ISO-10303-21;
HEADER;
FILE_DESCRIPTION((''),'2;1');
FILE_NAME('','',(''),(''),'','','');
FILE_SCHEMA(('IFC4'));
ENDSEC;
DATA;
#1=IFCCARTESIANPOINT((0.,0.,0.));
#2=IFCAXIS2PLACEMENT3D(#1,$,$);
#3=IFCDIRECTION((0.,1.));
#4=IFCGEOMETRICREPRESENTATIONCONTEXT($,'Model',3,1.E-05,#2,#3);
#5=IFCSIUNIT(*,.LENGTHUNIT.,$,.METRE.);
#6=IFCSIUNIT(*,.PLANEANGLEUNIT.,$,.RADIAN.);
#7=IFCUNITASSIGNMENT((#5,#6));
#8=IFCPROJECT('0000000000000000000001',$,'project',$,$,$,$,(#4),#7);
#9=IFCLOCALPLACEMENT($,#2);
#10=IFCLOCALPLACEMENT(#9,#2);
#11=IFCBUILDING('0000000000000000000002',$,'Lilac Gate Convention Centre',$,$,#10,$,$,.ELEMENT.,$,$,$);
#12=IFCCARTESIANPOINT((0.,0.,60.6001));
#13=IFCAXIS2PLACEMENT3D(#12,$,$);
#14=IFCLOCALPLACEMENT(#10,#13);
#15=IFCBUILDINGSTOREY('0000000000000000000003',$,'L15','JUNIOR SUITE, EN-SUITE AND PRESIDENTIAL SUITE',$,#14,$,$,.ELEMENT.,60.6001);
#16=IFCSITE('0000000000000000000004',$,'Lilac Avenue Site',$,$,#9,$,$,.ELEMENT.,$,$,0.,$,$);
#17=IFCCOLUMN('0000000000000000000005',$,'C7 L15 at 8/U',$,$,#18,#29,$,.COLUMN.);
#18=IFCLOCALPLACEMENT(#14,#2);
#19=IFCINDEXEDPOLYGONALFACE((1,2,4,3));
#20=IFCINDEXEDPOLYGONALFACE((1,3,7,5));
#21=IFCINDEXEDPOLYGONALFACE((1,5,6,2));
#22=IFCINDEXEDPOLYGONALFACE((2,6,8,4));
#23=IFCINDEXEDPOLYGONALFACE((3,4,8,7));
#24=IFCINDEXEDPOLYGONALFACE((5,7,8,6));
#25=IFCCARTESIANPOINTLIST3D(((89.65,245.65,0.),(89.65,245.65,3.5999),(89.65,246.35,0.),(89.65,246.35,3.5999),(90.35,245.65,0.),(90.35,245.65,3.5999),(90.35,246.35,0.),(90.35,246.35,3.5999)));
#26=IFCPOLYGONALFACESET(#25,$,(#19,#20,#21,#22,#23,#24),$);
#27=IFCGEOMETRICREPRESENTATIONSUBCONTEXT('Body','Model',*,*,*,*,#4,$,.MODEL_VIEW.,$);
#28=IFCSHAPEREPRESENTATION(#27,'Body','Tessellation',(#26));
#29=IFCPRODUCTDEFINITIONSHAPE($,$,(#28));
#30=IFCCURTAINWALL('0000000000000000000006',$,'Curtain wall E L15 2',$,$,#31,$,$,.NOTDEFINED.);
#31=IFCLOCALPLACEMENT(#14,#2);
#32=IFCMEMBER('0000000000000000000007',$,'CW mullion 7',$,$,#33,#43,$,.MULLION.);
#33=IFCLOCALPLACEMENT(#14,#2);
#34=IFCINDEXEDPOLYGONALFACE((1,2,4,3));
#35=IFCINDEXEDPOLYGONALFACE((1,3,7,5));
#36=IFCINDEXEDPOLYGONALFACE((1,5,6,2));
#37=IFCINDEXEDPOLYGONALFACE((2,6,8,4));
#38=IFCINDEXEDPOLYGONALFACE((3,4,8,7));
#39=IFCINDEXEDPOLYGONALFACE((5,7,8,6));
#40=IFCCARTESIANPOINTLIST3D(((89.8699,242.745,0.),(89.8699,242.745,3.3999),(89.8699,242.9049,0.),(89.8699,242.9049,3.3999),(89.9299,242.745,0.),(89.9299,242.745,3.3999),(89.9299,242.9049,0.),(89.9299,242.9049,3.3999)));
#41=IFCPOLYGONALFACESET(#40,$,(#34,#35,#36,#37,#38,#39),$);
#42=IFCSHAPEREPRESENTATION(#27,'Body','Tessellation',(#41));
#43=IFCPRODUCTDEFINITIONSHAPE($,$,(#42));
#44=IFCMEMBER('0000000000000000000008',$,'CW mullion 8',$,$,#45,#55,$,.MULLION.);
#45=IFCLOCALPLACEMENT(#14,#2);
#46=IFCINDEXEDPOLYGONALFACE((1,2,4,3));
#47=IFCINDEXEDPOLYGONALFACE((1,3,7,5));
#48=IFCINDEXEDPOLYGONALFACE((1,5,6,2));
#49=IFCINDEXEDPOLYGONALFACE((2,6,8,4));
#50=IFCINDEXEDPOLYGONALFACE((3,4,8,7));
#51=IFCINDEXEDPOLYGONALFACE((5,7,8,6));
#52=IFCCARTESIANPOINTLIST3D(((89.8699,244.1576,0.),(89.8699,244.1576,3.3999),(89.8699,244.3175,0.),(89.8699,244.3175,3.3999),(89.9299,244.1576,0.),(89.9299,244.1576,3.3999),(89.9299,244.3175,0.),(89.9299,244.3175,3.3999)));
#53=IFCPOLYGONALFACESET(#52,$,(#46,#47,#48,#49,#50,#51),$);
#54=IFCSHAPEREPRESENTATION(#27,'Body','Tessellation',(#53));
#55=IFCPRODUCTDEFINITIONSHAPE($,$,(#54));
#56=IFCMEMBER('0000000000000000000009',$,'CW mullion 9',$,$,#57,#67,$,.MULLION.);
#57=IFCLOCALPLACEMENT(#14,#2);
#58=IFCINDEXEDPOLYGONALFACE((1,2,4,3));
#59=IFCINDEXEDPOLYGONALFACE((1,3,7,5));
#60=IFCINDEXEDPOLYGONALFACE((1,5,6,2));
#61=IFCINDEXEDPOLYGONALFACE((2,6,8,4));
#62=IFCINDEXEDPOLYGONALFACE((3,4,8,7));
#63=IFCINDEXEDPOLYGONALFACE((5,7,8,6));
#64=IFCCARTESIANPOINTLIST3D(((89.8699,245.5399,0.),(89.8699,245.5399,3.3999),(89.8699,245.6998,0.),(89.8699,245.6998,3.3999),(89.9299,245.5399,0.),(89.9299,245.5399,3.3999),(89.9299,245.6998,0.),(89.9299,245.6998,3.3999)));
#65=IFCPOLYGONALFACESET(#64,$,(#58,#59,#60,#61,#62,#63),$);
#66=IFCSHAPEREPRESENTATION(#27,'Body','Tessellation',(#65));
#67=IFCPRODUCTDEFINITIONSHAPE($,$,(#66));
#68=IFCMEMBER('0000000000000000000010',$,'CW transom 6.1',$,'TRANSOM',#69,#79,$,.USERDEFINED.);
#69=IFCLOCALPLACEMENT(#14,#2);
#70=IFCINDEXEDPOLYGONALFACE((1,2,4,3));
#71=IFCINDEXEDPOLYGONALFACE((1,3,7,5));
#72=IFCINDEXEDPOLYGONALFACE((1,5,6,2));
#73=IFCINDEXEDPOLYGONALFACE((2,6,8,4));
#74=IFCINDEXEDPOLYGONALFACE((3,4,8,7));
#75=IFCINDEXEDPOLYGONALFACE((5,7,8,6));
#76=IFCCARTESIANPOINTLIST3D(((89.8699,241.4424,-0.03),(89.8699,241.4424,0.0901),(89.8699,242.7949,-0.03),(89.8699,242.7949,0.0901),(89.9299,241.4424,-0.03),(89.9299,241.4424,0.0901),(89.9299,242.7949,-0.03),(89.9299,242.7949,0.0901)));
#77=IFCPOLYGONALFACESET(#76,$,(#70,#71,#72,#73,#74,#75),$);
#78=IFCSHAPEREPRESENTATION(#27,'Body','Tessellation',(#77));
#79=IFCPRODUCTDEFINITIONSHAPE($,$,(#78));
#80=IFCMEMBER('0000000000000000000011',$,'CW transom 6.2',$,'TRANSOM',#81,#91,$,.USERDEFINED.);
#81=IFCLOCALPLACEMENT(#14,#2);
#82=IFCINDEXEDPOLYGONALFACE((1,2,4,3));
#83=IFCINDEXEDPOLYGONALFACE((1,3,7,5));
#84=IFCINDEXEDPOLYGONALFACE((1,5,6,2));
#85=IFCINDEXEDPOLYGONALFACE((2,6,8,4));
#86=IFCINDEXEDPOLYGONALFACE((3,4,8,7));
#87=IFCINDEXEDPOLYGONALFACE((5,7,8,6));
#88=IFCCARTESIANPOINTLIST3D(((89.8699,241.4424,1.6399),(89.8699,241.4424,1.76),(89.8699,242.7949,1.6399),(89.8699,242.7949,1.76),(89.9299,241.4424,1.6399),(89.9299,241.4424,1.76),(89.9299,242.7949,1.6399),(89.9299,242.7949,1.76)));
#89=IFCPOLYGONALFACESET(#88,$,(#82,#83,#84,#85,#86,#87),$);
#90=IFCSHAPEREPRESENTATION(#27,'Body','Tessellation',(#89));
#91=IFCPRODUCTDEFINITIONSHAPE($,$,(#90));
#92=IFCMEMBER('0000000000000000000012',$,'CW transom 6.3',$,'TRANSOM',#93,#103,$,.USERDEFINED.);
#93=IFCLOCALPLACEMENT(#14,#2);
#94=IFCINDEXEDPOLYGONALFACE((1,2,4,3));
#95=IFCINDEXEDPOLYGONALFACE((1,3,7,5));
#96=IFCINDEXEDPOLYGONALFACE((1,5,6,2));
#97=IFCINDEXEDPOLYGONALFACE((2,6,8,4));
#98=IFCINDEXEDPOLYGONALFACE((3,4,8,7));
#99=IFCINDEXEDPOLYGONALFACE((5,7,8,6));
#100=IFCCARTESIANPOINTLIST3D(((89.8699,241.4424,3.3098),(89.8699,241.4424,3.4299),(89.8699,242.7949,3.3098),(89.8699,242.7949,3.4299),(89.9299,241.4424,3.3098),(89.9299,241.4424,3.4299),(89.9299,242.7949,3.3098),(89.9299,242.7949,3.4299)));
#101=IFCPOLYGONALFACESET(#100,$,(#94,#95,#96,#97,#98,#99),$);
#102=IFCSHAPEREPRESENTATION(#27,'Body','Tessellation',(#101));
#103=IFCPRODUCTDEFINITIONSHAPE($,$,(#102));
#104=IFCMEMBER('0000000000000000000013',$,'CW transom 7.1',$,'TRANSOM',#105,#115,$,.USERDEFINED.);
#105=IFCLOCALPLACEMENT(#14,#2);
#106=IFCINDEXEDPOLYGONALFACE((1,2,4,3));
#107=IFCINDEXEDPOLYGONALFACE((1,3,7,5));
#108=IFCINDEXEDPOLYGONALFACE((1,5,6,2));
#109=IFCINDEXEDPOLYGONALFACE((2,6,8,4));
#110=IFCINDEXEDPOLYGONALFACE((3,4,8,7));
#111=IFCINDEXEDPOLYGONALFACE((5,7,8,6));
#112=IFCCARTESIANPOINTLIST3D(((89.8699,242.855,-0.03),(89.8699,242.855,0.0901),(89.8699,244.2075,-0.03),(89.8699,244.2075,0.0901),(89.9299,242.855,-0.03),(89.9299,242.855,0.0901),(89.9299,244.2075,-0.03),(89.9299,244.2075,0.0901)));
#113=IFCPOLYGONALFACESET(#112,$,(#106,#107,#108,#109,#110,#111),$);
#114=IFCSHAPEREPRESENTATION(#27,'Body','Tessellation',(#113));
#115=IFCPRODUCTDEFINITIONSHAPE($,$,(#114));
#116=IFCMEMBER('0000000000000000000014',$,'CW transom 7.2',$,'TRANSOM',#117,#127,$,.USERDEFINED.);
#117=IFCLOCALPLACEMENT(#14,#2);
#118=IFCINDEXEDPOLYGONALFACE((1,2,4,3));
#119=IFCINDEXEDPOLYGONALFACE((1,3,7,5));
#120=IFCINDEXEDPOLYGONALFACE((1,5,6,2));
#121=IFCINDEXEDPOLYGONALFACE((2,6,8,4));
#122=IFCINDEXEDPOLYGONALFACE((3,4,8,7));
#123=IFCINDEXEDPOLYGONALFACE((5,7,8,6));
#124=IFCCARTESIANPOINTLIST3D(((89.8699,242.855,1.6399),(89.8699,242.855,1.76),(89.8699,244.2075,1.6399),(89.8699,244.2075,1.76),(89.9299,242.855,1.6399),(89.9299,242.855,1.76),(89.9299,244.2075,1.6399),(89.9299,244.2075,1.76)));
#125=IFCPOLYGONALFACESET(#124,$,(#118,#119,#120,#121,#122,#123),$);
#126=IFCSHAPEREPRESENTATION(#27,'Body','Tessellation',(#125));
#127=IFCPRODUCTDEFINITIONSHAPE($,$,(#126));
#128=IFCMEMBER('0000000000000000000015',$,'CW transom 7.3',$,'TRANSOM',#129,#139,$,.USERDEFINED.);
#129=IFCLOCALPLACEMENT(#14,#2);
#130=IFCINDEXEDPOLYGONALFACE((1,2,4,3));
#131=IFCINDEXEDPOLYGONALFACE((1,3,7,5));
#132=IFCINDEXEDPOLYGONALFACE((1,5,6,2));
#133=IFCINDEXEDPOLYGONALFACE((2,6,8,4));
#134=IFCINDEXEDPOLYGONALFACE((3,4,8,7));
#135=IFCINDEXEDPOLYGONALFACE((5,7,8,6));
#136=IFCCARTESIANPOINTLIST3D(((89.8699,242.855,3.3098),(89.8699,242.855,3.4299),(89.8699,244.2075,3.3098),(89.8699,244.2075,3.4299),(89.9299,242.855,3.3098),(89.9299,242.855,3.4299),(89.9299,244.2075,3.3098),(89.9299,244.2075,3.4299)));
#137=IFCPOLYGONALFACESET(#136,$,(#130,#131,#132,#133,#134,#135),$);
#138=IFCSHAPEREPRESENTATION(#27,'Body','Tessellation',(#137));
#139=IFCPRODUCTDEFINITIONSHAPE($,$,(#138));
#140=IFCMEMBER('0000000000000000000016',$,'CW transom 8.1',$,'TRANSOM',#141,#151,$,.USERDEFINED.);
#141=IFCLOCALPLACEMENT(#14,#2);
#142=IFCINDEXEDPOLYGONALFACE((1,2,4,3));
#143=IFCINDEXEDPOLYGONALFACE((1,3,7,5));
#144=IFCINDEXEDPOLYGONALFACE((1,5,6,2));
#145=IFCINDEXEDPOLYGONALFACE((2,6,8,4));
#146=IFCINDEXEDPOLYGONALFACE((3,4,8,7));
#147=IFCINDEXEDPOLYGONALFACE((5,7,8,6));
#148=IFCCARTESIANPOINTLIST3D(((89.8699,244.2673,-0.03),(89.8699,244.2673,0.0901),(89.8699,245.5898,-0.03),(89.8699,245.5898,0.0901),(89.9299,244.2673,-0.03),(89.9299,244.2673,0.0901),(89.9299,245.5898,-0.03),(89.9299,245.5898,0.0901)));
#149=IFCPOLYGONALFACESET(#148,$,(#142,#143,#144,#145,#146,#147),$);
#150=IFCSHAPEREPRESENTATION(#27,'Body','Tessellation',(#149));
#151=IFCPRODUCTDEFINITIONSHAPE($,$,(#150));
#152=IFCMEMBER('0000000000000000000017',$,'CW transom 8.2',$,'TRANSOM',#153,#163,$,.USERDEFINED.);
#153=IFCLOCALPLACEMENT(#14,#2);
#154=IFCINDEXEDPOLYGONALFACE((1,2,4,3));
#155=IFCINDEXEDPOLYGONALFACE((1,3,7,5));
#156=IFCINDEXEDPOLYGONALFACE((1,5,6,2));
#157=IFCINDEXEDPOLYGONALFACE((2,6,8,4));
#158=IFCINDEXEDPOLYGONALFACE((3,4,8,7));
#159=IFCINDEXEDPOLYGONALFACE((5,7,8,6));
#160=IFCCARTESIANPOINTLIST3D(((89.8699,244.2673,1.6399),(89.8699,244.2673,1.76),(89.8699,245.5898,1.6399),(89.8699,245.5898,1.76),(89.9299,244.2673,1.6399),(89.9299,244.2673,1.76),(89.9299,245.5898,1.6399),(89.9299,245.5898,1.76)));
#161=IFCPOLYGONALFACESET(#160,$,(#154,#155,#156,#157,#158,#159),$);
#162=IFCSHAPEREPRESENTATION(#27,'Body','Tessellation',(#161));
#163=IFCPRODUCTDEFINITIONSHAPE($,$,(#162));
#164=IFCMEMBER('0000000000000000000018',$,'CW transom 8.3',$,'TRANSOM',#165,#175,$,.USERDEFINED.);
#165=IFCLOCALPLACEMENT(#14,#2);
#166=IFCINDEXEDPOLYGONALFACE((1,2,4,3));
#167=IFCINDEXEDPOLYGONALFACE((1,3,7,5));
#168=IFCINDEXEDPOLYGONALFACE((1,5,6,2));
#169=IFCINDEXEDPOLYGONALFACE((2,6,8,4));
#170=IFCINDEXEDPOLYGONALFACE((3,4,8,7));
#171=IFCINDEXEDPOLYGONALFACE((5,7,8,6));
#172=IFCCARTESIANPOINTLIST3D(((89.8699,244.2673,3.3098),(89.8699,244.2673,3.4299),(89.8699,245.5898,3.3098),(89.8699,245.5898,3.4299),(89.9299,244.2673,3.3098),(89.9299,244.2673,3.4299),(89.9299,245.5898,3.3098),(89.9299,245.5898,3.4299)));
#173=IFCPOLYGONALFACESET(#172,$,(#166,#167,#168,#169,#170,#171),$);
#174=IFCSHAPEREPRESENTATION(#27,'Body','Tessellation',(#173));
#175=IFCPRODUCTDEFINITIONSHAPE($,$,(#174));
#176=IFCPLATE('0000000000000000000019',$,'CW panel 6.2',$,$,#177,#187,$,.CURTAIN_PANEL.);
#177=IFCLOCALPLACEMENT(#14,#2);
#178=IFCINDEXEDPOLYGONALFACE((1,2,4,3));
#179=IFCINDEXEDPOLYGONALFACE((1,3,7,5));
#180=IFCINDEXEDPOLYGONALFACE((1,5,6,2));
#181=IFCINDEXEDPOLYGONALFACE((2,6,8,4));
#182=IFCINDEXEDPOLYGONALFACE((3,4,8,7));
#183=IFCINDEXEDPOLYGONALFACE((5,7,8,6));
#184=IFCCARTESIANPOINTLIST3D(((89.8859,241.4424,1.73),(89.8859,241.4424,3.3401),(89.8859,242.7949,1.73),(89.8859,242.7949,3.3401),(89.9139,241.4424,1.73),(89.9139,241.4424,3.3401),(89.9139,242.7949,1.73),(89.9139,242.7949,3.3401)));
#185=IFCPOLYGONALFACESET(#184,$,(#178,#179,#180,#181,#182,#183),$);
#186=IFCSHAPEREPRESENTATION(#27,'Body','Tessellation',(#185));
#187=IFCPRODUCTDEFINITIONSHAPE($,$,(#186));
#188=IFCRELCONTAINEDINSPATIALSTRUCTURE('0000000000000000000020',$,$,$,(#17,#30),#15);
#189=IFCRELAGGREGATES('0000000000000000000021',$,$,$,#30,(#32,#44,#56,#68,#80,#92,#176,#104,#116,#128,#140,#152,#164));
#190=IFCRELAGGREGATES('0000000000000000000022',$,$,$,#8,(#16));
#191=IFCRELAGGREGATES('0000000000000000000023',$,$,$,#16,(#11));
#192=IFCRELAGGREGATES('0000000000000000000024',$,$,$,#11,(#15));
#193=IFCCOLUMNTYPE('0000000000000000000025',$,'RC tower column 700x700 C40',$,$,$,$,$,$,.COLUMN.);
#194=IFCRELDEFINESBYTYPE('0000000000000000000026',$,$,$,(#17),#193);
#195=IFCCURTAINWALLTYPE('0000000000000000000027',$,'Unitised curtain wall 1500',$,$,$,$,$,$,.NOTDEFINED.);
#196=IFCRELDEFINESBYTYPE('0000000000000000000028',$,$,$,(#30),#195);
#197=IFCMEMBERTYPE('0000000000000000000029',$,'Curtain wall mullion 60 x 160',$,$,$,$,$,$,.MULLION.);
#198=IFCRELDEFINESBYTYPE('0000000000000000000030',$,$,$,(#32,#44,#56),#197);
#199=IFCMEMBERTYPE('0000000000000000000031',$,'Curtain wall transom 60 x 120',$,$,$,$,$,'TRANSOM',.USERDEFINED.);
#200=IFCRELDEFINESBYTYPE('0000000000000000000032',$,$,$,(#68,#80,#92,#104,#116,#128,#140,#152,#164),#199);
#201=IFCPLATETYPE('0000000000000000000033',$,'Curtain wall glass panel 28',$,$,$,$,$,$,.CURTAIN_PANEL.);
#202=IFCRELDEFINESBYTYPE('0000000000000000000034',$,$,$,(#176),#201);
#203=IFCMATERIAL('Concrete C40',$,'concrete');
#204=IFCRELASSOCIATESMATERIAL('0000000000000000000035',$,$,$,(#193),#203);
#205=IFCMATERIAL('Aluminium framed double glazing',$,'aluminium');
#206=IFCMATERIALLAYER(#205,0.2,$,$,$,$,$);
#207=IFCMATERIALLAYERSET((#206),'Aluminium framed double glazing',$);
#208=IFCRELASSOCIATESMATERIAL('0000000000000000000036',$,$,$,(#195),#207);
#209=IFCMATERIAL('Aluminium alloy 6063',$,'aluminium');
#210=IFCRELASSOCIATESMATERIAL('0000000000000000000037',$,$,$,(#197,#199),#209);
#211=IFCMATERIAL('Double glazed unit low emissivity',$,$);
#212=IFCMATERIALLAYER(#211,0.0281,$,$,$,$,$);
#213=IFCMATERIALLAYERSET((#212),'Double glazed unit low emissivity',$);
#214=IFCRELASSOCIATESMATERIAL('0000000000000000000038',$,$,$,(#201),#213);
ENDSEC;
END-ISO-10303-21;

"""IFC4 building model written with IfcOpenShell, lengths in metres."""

from ifc_helpers import new_model, si_unit, direction, frame, origin, origin_2d, place, context, subcontext, project, spatial, rectangle, extrude, material, layer, layer_set, material_profile, profile_set, type_object, element, aggregate, save


model = new_model("IFC4")

# Units and contexts
model_context = context("Model", 3, precision=1e-05, world=origin(), true_north=direction((0.0, 1.0)))
body_context = subcontext(model_context, "Body", "Model", "MODEL_VIEW")
ifc_project = project(units=[si_unit("LENGTHUNIT", "METRE"), si_unit("PLANEANGLEUNIT", "RADIAN")], contexts=[model_context])

# Site, building, storey
site_placement = place(None, origin())
site = spatial("IfcSite", under=ifc_project, at=site_placement, Name="Lilac Avenue Site", CompositionType="ELEMENT", RefElevation=0.0)
building_placement = place(site_placement, origin())
building = spatial("IfcBuilding", under=site, at=building_placement, Name="Lilac Gate Convention Centre", CompositionType="ELEMENT")
storey_placement = place(building_placement, frame((0.0, 0.0, 60.6001)))
storey = spatial("IfcBuildingStorey", under=building, at=storey_placement, Name="L15", Description="JUNIOR SUITE, EN-SUITE AND PRESIDENTIAL SUITE", CompositionType="ELEMENT", Elevation=60.6001)

# Column
ifc_material_1 = material(Name="Concrete C40", Category="concrete")
ifc_material_profile_1 = material_profile(ifc_material_1, rectangle(XDim=0.7, YDim=0.7, at=origin_2d()), Name="RC 700x700")
ifc_profile_set_1 = profile_set([ifc_material_profile_1], Name="Concrete C40")
column_type = type_object("IfcColumnType", Name="RC tower column 700x700 C40", PredefinedType="COLUMN", material=ifc_profile_set_1)
column_placement = place(storey_placement, frame((90.0, 246.0, 0.0), z_axis=(0.0, 0.0, 1.0), x_axis=(1.0, 0.0, 0.0)))
element("IfcColumn", 1, at=column_placement, inside=storey, type_object=column_type, Name="C7 L15 at 8/U", PredefinedType="COLUMN", context=body_context, shape_type="SweptSolid", body=[
    extrude(rectangle(XDim=0.7, YDim=0.7, at=origin_2d()), origin(), (0.0, 0.0, 1.0), 3.5999),
])

# Curtain wall, members, plate
ifc_material_2 = material(Name="Aluminium framed double glazing", Category="aluminium")
ifc_layer_1 = layer(ifc_material_2, 0.2)
ifc_layer_set_1 = layer_set([ifc_layer_1], Name="Aluminium framed double glazing")
curtain_wall_type = type_object("IfcCurtainWallType", Name="Unitised curtain wall 1500", PredefinedType="NOTDEFINED", material=ifc_layer_set_1)
curtain_wall_placement = place(storey_placement, origin())
curtain_wall = element("IfcCurtainWall", 2, at=curtain_wall_placement, inside=storey, type_object=curtain_wall_type, Name="Curtain wall E L15 2", PredefinedType="NOTDEFINED")
ifc_material_3 = material(Name="Aluminium alloy 6063", Category="aluminium")
ifc_material_profile_2 = material_profile(ifc_material_3, rectangle(XDim=0.0601, YDim=0.1599, at=origin_2d()), Name="Curtain wall mullion 60 x 160")
ifc_profile_set_2 = profile_set([ifc_material_profile_2], Name="Aluminium alloy 6063")
member_type_1 = type_object("IfcMemberType", Name="Curtain wall mullion 60 x 160", PredefinedType="MULLION", material=ifc_profile_set_2)
member_1_placement = place(storey_placement, frame((89.8999, 242.825, 0.0), z_axis=(0.0, 0.0, 1.0), x_axis=(-1.0, 0.0, 0.0)))
member_1 = element("IfcMember", 3, at=member_1_placement, type_object=member_type_1, Name="CW mullion 7", PredefinedType="MULLION", context=body_context, shape_type="SweptSolid", body=[
    extrude(rectangle(XDim=0.0601, YDim=0.1599, at=origin_2d()), origin(), (0.0, 0.0, 1.0), 3.3999),
])
member_2_placement = place(storey_placement, frame((89.8999, 244.2375, 0.0), z_axis=(0.0, 0.0, 1.0), x_axis=(-1.0, 0.0, 0.0)))
member_2 = element("IfcMember", 4, at=member_2_placement, type_object=member_type_1, Name="CW mullion 8", PredefinedType="MULLION", context=body_context, shape_type="SweptSolid", body=[
    extrude(rectangle(XDim=0.0601, YDim=0.1599, at=origin_2d()), origin(), (0.0, 0.0, 1.0), 3.3999),
])
member_3_placement = place(storey_placement, frame((89.8999, 245.6199, 0.0), z_axis=(0.0, 0.0, 1.0), x_axis=(-1.0, 0.0, 0.0)))
member_3 = element("IfcMember", 5, at=member_3_placement, type_object=member_type_1, Name="CW mullion 9", PredefinedType="MULLION", context=body_context, shape_type="SweptSolid", body=[
    extrude(rectangle(XDim=0.0601, YDim=0.1599, at=origin_2d()), origin(), (0.0, 0.0, 1.0), 3.3999),
])
ifc_material_profile_3 = material_profile(ifc_material_3, rectangle(XDim=0.0601, YDim=0.1201, at=origin_2d()), Name="Curtain wall transom 60 x 120")
ifc_profile_set_3 = profile_set([ifc_material_profile_3], Name="Aluminium alloy 6063")
member_type_2 = type_object("IfcMemberType", Name="Curtain wall transom 60 x 120", ElementType="TRANSOM", PredefinedType="USERDEFINED", material=ifc_profile_set_3)
member_4_placement = place(storey_placement, frame((89.8999, 241.4424, 0.03), z_axis=(0.0, 1.0, 0.0), x_axis=(-1.0, 0.0, 0.0)))
member_4 = element("IfcMember", 6, at=member_4_placement, type_object=member_type_2, Name="CW transom 6.1", ObjectType="TRANSOM", PredefinedType="USERDEFINED", context=body_context, shape_type="SweptSolid", body=[
    extrude(rectangle(XDim=0.0601, YDim=0.1201, at=origin_2d()), origin(), (0.0, 0.0, 1.0), 1.3525),
])
member_5_placement = place(storey_placement, frame((89.8999, 241.4424, 1.7), z_axis=(0.0, 1.0, 0.0), x_axis=(-1.0, 0.0, 0.0)))
member_5 = element("IfcMember", 7, at=member_5_placement, type_object=member_type_2, Name="CW transom 6.2", ObjectType="TRANSOM", PredefinedType="USERDEFINED", context=body_context, shape_type="SweptSolid", body=[
    extrude(rectangle(XDim=0.0601, YDim=0.1201, at=origin_2d()), origin(), (0.0, 0.0, 1.0), 1.3525),
])
member_6_placement = place(storey_placement, frame((89.8999, 241.4424, 3.3699), z_axis=(0.0, 1.0, 0.0), x_axis=(-1.0, 0.0, 0.0)))
member_6 = element("IfcMember", 8, at=member_6_placement, type_object=member_type_2, Name="CW transom 6.3", ObjectType="TRANSOM", PredefinedType="USERDEFINED", context=body_context, shape_type="SweptSolid", body=[
    extrude(rectangle(XDim=0.0601, YDim=0.1201, at=origin_2d()), origin(), (0.0, 0.0, 1.0), 1.3525),
])
member_7_placement = place(storey_placement, frame((89.8999, 242.855, 0.03), z_axis=(0.0, 1.0, 0.0), x_axis=(-1.0, 0.0, 0.0)))
member_7 = element("IfcMember", 9, at=member_7_placement, type_object=member_type_2, Name="CW transom 7.1", ObjectType="TRANSOM", PredefinedType="USERDEFINED", context=body_context, shape_type="SweptSolid", body=[
    extrude(rectangle(XDim=0.0601, YDim=0.1201, at=origin_2d()), origin(), (0.0, 0.0, 1.0), 1.3525),
])
member_8_placement = place(storey_placement, frame((89.8999, 242.855, 1.7), z_axis=(0.0, 1.0, 0.0), x_axis=(-1.0, 0.0, 0.0)))
member_8 = element("IfcMember", 10, at=member_8_placement, type_object=member_type_2, Name="CW transom 7.2", ObjectType="TRANSOM", PredefinedType="USERDEFINED", context=body_context, shape_type="SweptSolid", body=[
    extrude(rectangle(XDim=0.0601, YDim=0.1201, at=origin_2d()), origin(), (0.0, 0.0, 1.0), 1.3525),
])
member_9_placement = place(storey_placement, frame((89.8999, 242.855, 3.3699), z_axis=(0.0, 1.0, 0.0), x_axis=(-1.0, 0.0, 0.0)))
member_9 = element("IfcMember", 11, at=member_9_placement, type_object=member_type_2, Name="CW transom 7.3", ObjectType="TRANSOM", PredefinedType="USERDEFINED", context=body_context, shape_type="SweptSolid", body=[
    extrude(rectangle(XDim=0.0601, YDim=0.1201, at=origin_2d()), origin(), (0.0, 0.0, 1.0), 1.3525),
])
member_10_placement = place(storey_placement, frame((89.8999, 244.2673, 0.03), z_axis=(0.0, 1.0, 0.0), x_axis=(-1.0, 0.0, 0.0)))
member_10 = element("IfcMember", 12, at=member_10_placement, type_object=member_type_2, Name="CW transom 8.1", ObjectType="TRANSOM", PredefinedType="USERDEFINED", context=body_context, shape_type="SweptSolid", body=[
    extrude(rectangle(XDim=0.0601, YDim=0.1201, at=origin_2d()), origin(), (0.0, 0.0, 1.0), 1.3225),
])
member_11_placement = place(storey_placement, frame((89.8999, 244.2673, 1.7), z_axis=(0.0, 1.0, 0.0), x_axis=(-1.0, 0.0, 0.0)))
member_11 = element("IfcMember", 13, at=member_11_placement, type_object=member_type_2, Name="CW transom 8.2", ObjectType="TRANSOM", PredefinedType="USERDEFINED", context=body_context, shape_type="SweptSolid", body=[
    extrude(rectangle(XDim=0.0601, YDim=0.1201, at=origin_2d()), origin(), (0.0, 0.0, 1.0), 1.3225),
])
member_12_placement = place(storey_placement, frame((89.8999, 244.2673, 3.3699), z_axis=(0.0, 1.0, 0.0), x_axis=(-1.0, 0.0, 0.0)))
member_12 = element("IfcMember", 14, at=member_12_placement, type_object=member_type_2, Name="CW transom 8.3", ObjectType="TRANSOM", PredefinedType="USERDEFINED", context=body_context, shape_type="SweptSolid", body=[
    extrude(rectangle(XDim=0.0601, YDim=0.1201, at=origin_2d()), origin(), (0.0, 0.0, 1.0), 1.3225),
])
ifc_material_4 = material(Name="Double glazed unit low emissivity")
ifc_layer_2 = layer(ifc_material_4, 0.0281)
ifc_layer_set_2 = layer_set([ifc_layer_2], Name="Double glazed unit low emissivity")
plate_type_1 = type_object("IfcPlateType", Name="Curtain wall glass panel 28", PredefinedType="CURTAIN_PANEL", material=ifc_layer_set_2)
plate_1_placement = place(storey_placement, frame((89.8999, 242.1187, 1.73), z_axis=(0.0, 0.0, 1.0), x_axis=(0.0, 1.0, 0.0)))
plate_1 = element("IfcPlate", 15, at=plate_1_placement, type_object=plate_type_1, Name="CW panel 6.2", PredefinedType="CURTAIN_PANEL", context=body_context, shape_type="SweptSolid", body=[
    extrude(rectangle(XDim=1.3525, YDim=0.0281, at=origin_2d()), origin(), (0.0, 0.0, 1.0), 1.6101),
])
aggregate(curtain_wall, [member_1, member_2, member_3, member_4, member_5, member_6, plate_1, member_7, member_8, member_9, member_10, member_11, member_12])

save(model, "model.ifc")
